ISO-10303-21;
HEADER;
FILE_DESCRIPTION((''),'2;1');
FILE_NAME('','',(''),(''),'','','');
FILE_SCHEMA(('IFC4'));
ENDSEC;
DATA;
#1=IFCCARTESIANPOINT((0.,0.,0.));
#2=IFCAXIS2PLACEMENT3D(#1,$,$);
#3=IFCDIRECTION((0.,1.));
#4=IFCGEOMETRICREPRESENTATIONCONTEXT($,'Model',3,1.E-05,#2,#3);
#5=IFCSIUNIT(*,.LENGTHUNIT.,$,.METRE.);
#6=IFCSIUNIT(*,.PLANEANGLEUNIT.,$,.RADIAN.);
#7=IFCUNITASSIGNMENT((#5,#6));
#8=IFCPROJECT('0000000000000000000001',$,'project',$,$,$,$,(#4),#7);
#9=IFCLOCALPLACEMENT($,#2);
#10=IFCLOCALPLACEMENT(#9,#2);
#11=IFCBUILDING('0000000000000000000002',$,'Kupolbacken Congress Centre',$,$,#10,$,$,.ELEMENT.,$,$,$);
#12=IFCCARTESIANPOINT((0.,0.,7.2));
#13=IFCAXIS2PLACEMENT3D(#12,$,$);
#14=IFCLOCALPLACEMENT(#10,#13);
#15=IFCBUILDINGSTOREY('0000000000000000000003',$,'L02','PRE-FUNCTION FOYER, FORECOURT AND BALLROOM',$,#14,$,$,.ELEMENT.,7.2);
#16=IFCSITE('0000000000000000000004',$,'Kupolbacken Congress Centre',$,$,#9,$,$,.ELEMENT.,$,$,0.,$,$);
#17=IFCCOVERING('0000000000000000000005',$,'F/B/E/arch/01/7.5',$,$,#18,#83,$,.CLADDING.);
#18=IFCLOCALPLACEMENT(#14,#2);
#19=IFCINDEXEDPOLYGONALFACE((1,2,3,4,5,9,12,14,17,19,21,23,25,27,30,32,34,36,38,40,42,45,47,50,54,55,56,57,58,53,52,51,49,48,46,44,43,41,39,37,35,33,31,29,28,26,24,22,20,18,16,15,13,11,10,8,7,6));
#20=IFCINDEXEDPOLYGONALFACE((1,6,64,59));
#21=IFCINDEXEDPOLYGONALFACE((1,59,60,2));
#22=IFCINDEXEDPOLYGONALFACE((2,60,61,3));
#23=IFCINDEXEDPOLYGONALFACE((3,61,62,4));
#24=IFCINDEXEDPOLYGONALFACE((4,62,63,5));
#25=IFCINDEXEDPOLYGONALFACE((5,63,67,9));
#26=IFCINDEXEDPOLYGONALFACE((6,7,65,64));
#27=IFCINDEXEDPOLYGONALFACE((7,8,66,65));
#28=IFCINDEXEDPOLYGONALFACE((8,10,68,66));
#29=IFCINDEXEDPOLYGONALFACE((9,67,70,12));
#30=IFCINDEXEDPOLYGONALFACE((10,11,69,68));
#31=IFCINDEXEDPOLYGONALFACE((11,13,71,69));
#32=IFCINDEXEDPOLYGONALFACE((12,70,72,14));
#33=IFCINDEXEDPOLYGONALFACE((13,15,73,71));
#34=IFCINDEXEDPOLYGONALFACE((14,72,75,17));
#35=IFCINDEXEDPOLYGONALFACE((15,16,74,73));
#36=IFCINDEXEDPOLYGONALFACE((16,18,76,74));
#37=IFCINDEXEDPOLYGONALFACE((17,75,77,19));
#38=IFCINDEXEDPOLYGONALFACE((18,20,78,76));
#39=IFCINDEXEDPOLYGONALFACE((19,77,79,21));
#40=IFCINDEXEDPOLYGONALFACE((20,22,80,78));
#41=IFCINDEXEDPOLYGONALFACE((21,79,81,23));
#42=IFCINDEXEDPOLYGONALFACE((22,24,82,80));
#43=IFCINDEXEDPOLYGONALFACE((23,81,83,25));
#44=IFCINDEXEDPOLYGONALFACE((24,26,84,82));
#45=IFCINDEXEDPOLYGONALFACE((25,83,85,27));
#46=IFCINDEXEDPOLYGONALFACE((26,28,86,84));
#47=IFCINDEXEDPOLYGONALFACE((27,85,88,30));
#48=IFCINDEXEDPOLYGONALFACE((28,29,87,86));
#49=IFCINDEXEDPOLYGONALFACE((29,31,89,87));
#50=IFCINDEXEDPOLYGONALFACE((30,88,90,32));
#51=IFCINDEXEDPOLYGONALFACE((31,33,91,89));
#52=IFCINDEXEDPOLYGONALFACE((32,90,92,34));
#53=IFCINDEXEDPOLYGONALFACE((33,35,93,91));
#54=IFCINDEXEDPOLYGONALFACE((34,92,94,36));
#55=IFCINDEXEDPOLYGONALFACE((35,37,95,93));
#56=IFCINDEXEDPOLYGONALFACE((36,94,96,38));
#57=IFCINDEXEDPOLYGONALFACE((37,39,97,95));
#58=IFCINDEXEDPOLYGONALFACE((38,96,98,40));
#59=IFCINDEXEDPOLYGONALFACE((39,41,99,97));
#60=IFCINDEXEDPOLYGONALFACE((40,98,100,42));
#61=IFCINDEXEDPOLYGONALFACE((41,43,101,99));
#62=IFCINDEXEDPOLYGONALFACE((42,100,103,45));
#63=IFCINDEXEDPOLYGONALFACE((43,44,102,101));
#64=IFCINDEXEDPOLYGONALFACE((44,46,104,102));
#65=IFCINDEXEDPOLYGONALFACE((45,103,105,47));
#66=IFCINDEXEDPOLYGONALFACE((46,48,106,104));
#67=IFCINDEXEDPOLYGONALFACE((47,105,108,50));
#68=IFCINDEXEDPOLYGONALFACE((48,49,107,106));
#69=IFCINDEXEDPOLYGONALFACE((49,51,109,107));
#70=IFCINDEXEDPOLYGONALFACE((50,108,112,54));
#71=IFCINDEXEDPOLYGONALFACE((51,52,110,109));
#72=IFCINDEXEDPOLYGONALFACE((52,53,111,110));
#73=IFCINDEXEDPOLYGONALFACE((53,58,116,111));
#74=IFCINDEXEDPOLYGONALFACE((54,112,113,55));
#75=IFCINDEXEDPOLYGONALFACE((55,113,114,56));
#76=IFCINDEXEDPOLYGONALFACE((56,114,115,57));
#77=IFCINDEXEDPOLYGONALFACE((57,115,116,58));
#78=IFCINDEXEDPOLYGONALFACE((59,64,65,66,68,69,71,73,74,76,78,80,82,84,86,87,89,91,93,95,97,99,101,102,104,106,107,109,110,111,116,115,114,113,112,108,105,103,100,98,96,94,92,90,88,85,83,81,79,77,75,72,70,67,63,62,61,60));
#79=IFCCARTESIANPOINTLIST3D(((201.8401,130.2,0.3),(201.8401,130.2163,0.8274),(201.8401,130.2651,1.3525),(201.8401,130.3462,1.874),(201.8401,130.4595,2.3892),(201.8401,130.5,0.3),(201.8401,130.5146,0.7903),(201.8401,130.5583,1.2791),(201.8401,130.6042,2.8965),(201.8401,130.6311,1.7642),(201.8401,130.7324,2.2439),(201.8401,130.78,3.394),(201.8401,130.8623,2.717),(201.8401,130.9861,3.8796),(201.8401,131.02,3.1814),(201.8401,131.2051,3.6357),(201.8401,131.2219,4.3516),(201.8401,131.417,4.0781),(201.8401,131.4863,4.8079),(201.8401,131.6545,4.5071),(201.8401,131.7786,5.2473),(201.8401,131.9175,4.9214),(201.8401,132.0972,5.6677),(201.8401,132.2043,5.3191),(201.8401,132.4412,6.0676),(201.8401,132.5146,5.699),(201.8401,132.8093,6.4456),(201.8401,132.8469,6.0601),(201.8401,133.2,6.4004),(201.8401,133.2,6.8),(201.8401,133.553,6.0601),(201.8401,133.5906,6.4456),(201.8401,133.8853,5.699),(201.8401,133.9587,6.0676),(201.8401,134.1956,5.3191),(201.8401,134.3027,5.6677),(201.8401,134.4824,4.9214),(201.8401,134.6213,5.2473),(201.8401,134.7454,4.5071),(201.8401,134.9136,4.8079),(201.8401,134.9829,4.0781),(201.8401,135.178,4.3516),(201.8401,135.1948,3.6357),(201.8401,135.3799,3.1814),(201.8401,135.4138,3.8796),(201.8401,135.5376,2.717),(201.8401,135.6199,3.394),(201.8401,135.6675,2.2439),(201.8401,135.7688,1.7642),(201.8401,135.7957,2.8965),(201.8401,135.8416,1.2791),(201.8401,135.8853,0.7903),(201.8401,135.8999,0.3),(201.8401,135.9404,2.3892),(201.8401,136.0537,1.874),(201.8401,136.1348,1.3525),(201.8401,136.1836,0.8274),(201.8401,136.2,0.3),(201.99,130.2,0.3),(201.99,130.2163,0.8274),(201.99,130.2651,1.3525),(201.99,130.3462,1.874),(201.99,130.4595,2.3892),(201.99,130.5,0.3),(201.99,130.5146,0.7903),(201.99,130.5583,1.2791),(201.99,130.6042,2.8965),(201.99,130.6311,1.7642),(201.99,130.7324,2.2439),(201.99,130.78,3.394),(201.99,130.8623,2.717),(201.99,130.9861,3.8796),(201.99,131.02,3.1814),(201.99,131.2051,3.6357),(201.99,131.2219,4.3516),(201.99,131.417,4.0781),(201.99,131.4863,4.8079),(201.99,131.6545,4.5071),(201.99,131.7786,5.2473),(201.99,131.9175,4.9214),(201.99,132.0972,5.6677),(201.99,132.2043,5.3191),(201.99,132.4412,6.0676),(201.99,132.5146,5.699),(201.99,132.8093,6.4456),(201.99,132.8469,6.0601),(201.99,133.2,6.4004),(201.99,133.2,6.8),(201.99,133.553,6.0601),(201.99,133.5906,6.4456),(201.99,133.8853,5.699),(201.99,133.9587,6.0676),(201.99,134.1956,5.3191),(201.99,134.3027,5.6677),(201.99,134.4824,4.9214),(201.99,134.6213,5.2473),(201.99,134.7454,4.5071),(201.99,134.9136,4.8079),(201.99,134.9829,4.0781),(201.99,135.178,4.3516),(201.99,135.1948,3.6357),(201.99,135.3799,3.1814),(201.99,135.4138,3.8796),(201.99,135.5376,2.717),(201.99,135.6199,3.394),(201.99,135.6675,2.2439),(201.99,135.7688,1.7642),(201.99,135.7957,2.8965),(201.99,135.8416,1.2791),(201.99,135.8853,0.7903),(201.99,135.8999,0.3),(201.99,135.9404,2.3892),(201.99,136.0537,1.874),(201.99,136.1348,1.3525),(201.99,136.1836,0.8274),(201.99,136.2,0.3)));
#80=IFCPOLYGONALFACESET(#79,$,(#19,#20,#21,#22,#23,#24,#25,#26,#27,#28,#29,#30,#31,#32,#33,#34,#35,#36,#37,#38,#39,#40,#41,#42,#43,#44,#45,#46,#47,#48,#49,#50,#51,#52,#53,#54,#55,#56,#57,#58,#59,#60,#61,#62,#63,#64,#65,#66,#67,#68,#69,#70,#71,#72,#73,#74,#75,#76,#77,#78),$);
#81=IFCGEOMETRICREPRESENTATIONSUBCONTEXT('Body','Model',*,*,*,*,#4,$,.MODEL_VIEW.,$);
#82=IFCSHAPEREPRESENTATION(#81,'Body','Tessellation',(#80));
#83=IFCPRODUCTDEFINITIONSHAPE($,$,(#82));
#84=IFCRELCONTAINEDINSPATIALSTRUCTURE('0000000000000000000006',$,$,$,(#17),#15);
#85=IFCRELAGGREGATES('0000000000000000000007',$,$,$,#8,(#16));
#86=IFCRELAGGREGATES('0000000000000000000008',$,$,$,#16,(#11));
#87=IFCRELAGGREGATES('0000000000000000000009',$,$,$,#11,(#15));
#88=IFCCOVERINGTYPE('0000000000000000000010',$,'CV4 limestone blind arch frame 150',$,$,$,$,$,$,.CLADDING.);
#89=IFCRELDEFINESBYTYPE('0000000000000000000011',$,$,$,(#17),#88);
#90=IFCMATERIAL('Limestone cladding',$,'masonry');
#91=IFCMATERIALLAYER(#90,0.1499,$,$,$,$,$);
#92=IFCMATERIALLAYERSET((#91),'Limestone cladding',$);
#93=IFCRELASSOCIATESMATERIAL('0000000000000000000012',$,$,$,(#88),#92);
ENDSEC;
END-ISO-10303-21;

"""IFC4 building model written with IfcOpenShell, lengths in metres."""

from ifc_helpers import new_model, si_unit, direction, frame, origin, place, context, subcontext, project, spatial, polyline, outline, extrude, material, layer, layer_set, type_object, element, save


model = new_model("IFC4")

# Units and contexts
model_context = context("Model", 3, precision=1e-05, world=origin(), true_north=direction((0.0, 1.0)))
body_context = subcontext(model_context, "Body", "Model", "MODEL_VIEW")
ifc_project = project(units=[si_unit("LENGTHUNIT", "METRE"), si_unit("PLANEANGLEUNIT", "RADIAN")], contexts=[model_context])

# Site, building, storey
site_placement = place(None, origin())
site = spatial("IfcSite", under=ifc_project, at=site_placement, Name="Kupolbacken Congress Centre", CompositionType="ELEMENT", RefElevation=0.0)
building_placement = place(site_placement, origin())
building = spatial("IfcBuilding", under=site, at=building_placement, Name="Kupolbacken Congress Centre", CompositionType="ELEMENT")
storey_placement = place(building_placement, frame((0.0, 0.0, 7.2)))
storey = spatial("IfcBuildingStorey", under=building, at=storey_placement, Name="L02", Description="PRE-FUNCTION FOYER, FORECOURT AND BALLROOM", CompositionType="ELEMENT", Elevation=7.2)

# Covering
ifc_material_1 = material(Name="Limestone cladding", Category="masonry")
ifc_layer_1 = layer(ifc_material_1, 0.1499)
ifc_layer_set_1 = layer_set([ifc_layer_1], Name="Limestone cladding")
covering_type_1 = type_object("IfcCoveringType", Name="CV4 limestone blind arch frame 150", PredefinedType="CLADDING", material=ifc_layer_set_1)
covering_1_placement = place(storey_placement, frame((201.8401, 130.2, 0.3), z_axis=(1.0, 0.0, 0.0), x_axis=(0.0, 1.0, 0.0)))
element("IfcCovering", 1, at=covering_1_placement, inside=storey, type_object=covering_type_1, Name="F/B/E/arch/01/7.5", PredefinedType="CLADDING", context=body_context, shape_type="SweptSolid", body=[
    extrude(outline(polyline([(0.0, 0.0), (0.0164, 0.5273), (0.0652, 1.0525), (0.1462, 1.574), (0.2595, 2.0891), (0.4043, 2.5964), (0.5801, 3.094), (0.7861, 3.5796), (1.022, 4.0515), (1.2864, 4.5078), (1.5786, 4.9473), (1.8972, 5.3677), (2.2412, 5.7676), (2.6094, 6.1455), (3.0, 6.5), (3.3906, 6.1455), (3.7588, 5.7676), (4.1028, 5.3677), (4.4214, 4.9473), (4.7136, 4.5078), (4.978, 4.0515), (5.2139, 3.5796), (5.4199, 3.094), (5.5957, 2.5964), (5.7405, 2.0891), (5.8538, 1.574), (5.9348, 1.0525), (5.9836, 0.5273), (6.0, 0.0), (5.7, 0.0), (5.6853, 0.4902), (5.6416, 0.979), (5.5688, 1.4641), (5.4675, 1.9438), (5.3376, 2.417), (5.1799, 2.8813), (4.9949, 3.3357), (4.783, 3.7781), (4.5454, 4.207), (4.2825, 4.6213), (3.9956, 5.019), (3.6853, 5.3989), (3.353, 5.76), (3.0, 6.1003), (2.647, 5.76), (2.3147, 5.3989), (2.0044, 5.019), (1.7175, 4.6213), (1.4546, 4.207), (1.217, 3.7781), (1.0051, 3.3357), (0.8201, 2.8813), (0.6624, 2.417), (0.5325, 1.9438), (0.4312, 1.4641), (0.3584, 0.979), (0.3147, 0.4902), (0.3, 0.0), (0.0, 0.0)])), origin(), (0.0, 0.0, 1.0), 0.1499),
])

save(model, "model.ifc")
